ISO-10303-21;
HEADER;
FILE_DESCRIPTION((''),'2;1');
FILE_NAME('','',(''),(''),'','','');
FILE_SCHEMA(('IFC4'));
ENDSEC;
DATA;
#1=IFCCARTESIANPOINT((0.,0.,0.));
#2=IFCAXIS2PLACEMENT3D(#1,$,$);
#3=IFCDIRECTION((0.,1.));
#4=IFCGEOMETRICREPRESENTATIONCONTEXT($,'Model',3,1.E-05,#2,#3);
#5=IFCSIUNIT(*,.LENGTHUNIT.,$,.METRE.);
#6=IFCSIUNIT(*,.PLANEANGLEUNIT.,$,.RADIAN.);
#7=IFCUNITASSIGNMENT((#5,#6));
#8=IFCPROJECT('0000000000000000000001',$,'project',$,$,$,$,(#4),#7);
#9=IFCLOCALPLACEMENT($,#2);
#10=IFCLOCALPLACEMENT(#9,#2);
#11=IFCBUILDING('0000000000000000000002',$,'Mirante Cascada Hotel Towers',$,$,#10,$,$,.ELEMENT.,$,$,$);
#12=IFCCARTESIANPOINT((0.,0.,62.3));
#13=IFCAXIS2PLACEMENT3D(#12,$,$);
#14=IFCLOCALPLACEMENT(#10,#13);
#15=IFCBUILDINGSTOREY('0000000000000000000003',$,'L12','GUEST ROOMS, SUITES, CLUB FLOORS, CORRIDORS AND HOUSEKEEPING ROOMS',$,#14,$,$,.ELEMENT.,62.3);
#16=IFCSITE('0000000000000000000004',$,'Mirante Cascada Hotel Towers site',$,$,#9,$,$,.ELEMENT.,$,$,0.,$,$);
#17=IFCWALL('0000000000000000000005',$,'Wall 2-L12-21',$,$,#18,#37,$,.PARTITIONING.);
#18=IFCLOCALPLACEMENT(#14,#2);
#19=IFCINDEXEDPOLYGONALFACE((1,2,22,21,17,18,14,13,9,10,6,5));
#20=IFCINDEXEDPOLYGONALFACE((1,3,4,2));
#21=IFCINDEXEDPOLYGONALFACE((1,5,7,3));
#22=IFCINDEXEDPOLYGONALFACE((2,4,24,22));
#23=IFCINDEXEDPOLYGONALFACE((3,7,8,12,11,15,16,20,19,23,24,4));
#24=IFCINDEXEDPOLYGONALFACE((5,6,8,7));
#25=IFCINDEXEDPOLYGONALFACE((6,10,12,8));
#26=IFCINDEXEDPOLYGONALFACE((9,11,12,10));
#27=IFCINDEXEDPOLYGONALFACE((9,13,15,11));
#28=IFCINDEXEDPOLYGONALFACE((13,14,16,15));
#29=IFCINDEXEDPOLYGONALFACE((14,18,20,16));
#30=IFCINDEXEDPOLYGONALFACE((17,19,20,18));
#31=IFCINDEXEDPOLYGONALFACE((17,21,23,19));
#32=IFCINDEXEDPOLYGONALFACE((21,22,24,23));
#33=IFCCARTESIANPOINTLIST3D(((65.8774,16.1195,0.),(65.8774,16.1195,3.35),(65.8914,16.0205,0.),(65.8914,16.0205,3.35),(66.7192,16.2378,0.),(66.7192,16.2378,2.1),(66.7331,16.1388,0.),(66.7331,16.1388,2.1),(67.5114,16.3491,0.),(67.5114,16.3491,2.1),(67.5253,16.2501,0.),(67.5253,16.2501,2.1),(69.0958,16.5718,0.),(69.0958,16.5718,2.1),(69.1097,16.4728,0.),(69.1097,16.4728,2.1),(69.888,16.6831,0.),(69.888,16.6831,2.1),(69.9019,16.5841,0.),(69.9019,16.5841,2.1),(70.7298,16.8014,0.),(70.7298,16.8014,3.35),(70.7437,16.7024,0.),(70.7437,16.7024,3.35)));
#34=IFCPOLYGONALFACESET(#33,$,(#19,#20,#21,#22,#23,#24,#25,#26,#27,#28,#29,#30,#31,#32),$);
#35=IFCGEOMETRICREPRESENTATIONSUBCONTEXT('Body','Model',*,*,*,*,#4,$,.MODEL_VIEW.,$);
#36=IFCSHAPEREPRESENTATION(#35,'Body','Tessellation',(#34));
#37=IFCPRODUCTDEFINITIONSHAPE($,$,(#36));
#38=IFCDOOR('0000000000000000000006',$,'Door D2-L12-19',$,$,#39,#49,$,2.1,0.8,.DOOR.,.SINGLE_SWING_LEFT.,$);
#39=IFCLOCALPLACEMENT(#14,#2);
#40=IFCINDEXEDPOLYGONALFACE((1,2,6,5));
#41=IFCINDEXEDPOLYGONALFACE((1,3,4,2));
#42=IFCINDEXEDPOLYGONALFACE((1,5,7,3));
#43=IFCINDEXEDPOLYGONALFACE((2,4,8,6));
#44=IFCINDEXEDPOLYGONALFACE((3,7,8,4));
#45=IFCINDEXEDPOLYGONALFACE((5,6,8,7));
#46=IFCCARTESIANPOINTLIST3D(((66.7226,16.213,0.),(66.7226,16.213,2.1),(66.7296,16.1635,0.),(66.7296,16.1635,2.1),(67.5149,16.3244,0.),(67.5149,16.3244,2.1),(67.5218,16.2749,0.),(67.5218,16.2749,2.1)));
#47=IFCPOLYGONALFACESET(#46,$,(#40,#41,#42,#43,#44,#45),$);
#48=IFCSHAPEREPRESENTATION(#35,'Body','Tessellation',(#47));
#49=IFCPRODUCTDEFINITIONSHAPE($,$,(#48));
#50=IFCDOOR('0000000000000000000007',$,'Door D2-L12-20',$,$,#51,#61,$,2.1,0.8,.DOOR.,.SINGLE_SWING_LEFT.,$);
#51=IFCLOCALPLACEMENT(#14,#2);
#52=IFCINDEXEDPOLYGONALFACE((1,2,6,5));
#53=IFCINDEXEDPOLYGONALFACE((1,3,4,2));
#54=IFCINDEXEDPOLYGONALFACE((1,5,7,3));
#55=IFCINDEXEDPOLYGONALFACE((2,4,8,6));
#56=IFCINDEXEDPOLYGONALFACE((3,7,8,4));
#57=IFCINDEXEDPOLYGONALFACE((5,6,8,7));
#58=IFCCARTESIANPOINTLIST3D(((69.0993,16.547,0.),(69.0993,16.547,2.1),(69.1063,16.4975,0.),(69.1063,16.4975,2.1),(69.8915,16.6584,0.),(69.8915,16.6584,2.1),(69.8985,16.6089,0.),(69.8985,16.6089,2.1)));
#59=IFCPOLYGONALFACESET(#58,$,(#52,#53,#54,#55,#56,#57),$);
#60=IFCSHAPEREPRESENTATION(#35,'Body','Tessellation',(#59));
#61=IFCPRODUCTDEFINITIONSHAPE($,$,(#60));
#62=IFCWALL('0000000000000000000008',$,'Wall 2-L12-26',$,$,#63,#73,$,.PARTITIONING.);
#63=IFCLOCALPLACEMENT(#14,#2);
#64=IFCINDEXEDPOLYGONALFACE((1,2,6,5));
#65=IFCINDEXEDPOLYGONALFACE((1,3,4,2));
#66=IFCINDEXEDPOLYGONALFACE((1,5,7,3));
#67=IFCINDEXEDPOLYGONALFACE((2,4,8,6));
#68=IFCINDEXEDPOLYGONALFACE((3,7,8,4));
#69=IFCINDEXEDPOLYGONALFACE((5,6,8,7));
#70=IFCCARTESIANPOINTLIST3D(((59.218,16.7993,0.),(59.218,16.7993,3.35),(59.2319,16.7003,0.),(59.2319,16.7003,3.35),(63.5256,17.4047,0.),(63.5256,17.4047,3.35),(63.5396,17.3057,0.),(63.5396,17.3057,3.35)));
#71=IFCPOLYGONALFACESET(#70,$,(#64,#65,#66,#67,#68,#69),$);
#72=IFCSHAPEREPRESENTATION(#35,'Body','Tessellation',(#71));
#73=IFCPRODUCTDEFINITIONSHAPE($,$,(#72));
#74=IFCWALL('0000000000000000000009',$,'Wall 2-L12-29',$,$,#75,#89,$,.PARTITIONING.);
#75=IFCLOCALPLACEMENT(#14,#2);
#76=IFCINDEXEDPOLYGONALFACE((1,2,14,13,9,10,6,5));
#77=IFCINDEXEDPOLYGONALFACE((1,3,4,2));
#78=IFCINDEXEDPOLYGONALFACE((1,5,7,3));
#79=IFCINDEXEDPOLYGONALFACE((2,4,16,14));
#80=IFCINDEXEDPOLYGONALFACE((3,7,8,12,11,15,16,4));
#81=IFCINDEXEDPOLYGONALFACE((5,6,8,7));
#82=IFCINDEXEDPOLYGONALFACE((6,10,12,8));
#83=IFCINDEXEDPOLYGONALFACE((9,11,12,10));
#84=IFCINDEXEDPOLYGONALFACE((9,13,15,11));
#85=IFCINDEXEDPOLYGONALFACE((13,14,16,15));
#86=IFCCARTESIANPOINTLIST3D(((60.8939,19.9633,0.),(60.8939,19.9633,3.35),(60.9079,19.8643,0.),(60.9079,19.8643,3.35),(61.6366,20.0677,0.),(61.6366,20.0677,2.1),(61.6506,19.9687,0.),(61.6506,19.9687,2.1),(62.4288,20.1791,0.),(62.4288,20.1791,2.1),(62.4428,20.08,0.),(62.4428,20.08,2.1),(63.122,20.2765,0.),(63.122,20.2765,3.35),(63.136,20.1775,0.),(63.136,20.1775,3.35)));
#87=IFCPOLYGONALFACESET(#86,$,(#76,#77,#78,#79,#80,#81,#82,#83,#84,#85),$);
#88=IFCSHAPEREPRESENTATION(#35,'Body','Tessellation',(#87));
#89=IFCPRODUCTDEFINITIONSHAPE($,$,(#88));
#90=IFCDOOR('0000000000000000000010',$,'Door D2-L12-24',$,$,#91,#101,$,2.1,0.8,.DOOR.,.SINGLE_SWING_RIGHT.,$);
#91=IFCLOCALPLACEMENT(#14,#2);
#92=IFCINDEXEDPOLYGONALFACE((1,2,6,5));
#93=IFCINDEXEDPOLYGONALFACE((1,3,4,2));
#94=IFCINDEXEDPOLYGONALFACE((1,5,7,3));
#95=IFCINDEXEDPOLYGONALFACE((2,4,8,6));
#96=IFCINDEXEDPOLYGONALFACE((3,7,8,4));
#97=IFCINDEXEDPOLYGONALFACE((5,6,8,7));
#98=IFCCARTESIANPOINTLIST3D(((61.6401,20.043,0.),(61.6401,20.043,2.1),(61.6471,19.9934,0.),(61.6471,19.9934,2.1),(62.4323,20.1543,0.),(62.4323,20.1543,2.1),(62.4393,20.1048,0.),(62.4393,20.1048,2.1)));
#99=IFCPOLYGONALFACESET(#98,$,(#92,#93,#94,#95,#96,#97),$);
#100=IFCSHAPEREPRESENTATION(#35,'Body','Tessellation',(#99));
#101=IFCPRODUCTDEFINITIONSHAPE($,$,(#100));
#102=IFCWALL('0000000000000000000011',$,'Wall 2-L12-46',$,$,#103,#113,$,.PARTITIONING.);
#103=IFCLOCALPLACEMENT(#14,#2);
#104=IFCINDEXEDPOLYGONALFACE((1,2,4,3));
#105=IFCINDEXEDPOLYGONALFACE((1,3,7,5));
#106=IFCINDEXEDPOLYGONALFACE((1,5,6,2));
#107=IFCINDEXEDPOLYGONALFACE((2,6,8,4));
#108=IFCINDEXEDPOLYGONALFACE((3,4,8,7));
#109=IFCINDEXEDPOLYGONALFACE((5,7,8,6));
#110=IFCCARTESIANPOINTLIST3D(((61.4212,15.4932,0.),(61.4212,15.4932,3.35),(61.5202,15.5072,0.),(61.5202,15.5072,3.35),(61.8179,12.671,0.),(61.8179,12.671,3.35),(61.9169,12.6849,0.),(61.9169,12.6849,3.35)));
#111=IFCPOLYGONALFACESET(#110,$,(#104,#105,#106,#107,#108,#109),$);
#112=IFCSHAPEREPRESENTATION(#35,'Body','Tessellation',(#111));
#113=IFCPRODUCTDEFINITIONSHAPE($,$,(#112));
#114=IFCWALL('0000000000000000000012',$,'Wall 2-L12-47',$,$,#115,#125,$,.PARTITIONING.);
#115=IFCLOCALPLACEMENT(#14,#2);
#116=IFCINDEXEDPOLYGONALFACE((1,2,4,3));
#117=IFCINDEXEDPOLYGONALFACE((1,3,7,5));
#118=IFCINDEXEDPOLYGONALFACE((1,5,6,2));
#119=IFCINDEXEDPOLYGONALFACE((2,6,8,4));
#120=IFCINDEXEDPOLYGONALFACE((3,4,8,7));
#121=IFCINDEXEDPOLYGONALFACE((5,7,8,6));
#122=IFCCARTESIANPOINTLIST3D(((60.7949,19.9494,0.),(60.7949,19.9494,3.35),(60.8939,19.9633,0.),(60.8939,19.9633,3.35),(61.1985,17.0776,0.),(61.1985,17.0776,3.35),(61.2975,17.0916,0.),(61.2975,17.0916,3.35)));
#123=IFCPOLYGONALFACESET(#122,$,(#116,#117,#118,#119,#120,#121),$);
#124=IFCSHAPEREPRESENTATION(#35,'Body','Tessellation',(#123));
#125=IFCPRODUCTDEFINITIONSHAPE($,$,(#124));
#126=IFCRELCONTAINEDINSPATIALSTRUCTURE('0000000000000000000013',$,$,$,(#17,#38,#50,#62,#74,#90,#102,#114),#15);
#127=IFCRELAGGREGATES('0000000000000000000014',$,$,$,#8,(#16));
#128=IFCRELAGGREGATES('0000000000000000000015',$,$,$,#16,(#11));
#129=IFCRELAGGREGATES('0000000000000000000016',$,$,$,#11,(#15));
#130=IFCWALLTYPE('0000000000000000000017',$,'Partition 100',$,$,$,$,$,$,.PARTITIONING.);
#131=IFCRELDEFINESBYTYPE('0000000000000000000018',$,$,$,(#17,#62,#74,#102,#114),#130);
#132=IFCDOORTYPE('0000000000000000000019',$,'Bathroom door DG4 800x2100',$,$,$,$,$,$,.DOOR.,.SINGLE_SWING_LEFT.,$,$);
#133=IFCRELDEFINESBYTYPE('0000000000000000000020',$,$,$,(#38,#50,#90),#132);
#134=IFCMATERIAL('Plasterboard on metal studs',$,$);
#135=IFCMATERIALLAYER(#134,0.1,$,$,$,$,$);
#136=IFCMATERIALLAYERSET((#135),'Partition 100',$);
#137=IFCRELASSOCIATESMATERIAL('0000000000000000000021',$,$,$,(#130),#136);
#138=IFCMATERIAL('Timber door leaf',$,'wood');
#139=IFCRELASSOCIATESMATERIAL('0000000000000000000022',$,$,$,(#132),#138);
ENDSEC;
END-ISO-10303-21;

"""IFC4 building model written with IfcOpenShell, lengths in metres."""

from ifc_helpers import new_model, si_unit, direction, frame, frame_2d, origin, place, context, subcontext, project, spatial, rectangle, extrude, material, layer, layer_set, type_object, element, fill, save


model = new_model("IFC4")

# Units and contexts
model_context = context("Model", 3, precision=1e-05, world=origin(), true_north=direction((0.0, 1.0)))
body_context = subcontext(model_context, "Body", "Model", "MODEL_VIEW")
ifc_project = project(units=[si_unit("LENGTHUNIT", "METRE"), si_unit("PLANEANGLEUNIT", "RADIAN")], contexts=[model_context])

# Site, building, storey
site_placement = place(None, origin())
site = spatial("IfcSite", under=ifc_project, at=site_placement, Name="Mirante Cascada Hotel Towers site", CompositionType="ELEMENT", RefElevation=0.0)
building_placement = place(site_placement, origin())
building = spatial("IfcBuilding", under=site, at=building_placement, Name="Mirante Cascada Hotel Towers", CompositionType="ELEMENT")
storey_placement = place(building_placement, frame((0.0, 0.0, 62.3)))
storey = spatial("IfcBuildingStorey", under=building, at=storey_placement, Name="L12", Description="GUEST ROOMS, SUITES, CLUB FLOORS, CORRIDORS AND HOUSEKEEPING ROOMS", CompositionType="ELEMENT", Elevation=62.3)

# Shared definitions
ifc_material_1 = material(Name="Plasterboard on metal studs")
ifc_layer_1 = layer(ifc_material_1, 0.1)
ifc_layer_set_1 = layer_set([ifc_layer_1], Name="Partition 100")
wall_type_1 = type_object("IfcWallType", Name="Partition 100", PredefinedType="PARTITIONING", material=ifc_layer_set_1)
ifc_material_2 = material(Name="Timber door leaf", Category="wood")
door_type = type_object("IfcDoorType", Name="Bathroom door DG4 800x2100", OperationType="SINGLE_SWING_LEFT", PredefinedType="DOOR", material=ifc_material_2)

# Wall, openings, doors
wall_1_placement = place(storey_placement, frame((65.8844, 16.07, 0.0), z_axis=(0.0, 0.0, 1.0), x_axis=(0.990269, 0.139164, 0.0)))
wall_1 = element("IfcWall", 1, at=wall_1_placement, inside=storey, type_object=wall_type_1, Name="Wall 2-L12-21", PredefinedType="PARTITIONING", context=body_context, shape_type="SweptSolid", body=[
    extrude(rectangle(XDim=4.9, YDim=0.1, at=frame_2d((2.45, 0.0))), origin(), (0.0, 0.0, 1.0), 3.35),
])
opening_1_placement = place(wall_1_placement, frame((0.85, 0.0, 0.0)))
opening_1 = element("IfcOpeningElement", 2, at=opening_1_placement, cuts=wall_1, PredefinedType="OPENING", context=body_context, shape_type="SweptSolid", body=[
    extrude(rectangle(XDim=0.8, YDim=2.1, at=frame_2d((0.4, 1.05))), frame((0.0, 0.05, 0.0), z_axis=(0.0, -1.0, 0.0), x_axis=(1.0, 0.0, 0.0)), (0.0, 0.0, 1.0), 0.1),
])
opening_2_placement = place(wall_1_placement, frame((3.25, 0.0, 0.0)))
opening_2 = element("IfcOpeningElement", 3, at=opening_2_placement, cuts=wall_1, PredefinedType="OPENING", context=body_context, shape_type="SweptSolid", body=[
    extrude(rectangle(XDim=0.8, YDim=2.1, at=frame_2d((0.4, 1.05))), frame((0.0, 0.05, 0.0), z_axis=(0.0, -1.0, 0.0), x_axis=(1.0, 0.0, 0.0)), (0.0, 0.0, 1.0), 0.1),
])
door_1_placement = place(opening_1_placement, origin())
door_1 = element("IfcDoor", 4, at=door_1_placement, inside=storey, type_object=door_type, Name="Door D2-L12-19", OperationType="SINGLE_SWING_LEFT", OverallHeight=2.1, OverallWidth=0.8, PredefinedType="DOOR", context=body_context, shape_type="SweptSolid", body=[
    extrude(rectangle(XDim=0.8, YDim=2.1, at=frame_2d((0.4, 1.05))), frame((0.0, 0.025, 0.0), z_axis=(0.0, -1.0, 0.0), x_axis=(1.0, 0.0, 0.0)), (0.0, 0.0, 1.0), 0.05),
])
fill(opening_1, door_1)
door_2_placement = place(opening_2_placement, origin())
door_2 = element("IfcDoor", 5, at=door_2_placement, inside=storey, type_object=door_type, Name="Door D2-L12-20", OperationType="SINGLE_SWING_LEFT", OverallHeight=2.1, OverallWidth=0.8, PredefinedType="DOOR", context=body_context, shape_type="SweptSolid", body=[
    extrude(rectangle(XDim=0.8, YDim=2.1, at=frame_2d((0.4, 1.05))), frame((0.0, 0.025, 0.0), z_axis=(0.0, -1.0, 0.0), x_axis=(1.0, 0.0, 0.0)), (0.0, 0.0, 1.0), 0.05),
])
fill(opening_2, door_2)

# Wall
wall_2_placement = place(storey_placement, frame((63.5326, 17.3552, 0.0), z_axis=(0.0, 0.0, 1.0), x_axis=(-0.990268, -0.139171, 0.0)))
element("IfcWall", 6, at=wall_2_placement, inside=storey, type_object=wall_type_1, Name="Wall 2-L12-26", PredefinedType="PARTITIONING", context=body_context, shape_type="SweptSolid", body=[
    extrude(rectangle(XDim=4.35, YDim=0.1, at=frame_2d((2.175, 0.0))), origin(), (0.0, 0.0, 1.0), 3.35),
])

# Wall, opening, door
wall_3_placement = place(storey_placement, frame((60.9009, 19.9138, 0.0), z_axis=(0.0, 0.0, 1.0), x_axis=(0.990264, 0.1392, 0.0)))
wall_3 = element("IfcWall", 7, at=wall_3_placement, inside=storey, type_object=wall_type_1, Name="Wall 2-L12-29", PredefinedType="PARTITIONING", context=body_context, shape_type="SweptSolid", body=[
    extrude(rectangle(XDim=2.25, YDim=0.1, at=frame_2d((1.125, 0.0))), origin(), (0.0, 0.0, 1.0), 3.35),
])
opening_3_placement = place(wall_3_placement, frame((0.75, 0.0, 0.0)))
opening_3 = element("IfcOpeningElement", 8, at=opening_3_placement, cuts=wall_3, PredefinedType="OPENING", context=body_context, shape_type="SweptSolid", body=[
    extrude(rectangle(XDim=0.8, YDim=2.1, at=frame_2d((0.4, 1.05))), frame((0.0, 0.05, 0.0), z_axis=(0.0, -1.0, 0.0), x_axis=(1.0, 0.0, 0.0)), (0.0, 0.0, 1.0), 0.1),
])
door_3_placement = place(opening_3_placement, frame((0.8, 0.0, 0.0), z_axis=(0.0, 0.0, 1.0), x_axis=(-1.0, 0.0, 0.0)))
door_3 = element("IfcDoor", 9, at=door_3_placement, inside=storey, type_object=door_type, Name="Door D2-L12-24", OperationType="SINGLE_SWING_RIGHT", OverallHeight=2.1, OverallWidth=0.8, PredefinedType="DOOR", context=body_context, shape_type="SweptSolid", body=[
    extrude(rectangle(XDim=0.8, YDim=2.1, at=frame_2d((0.4, 1.05))), frame((0.0, 0.025, 0.0), z_axis=(0.0, -1.0, 0.0), x_axis=(1.0, 0.0, 0.0)), (0.0, 0.0, 1.0), 0.05),
])
fill(opening_3, door_3)

# Walls
wall_4_placement = place(storey_placement, frame((61.4707, 15.5002, 0.0), z_axis=(0.0, 0.0, 1.0), x_axis=(0.139191, -0.990266, 0.0)))
element("IfcWall", 10, at=wall_4_placement, inside=storey, type_object=wall_type_1, Name="Wall 2-L12-46", PredefinedType="PARTITIONING", context=body_context, shape_type="SweptSolid", body=[
    extrude(rectangle(XDim=2.85, YDim=0.1, at=frame_2d((1.425, 0.0))), origin(), (0.0, 0.0, 1.0), 3.35),
])
wall_5_placement = place(storey_placement, frame((61.248, 17.0846, 0.0), z_axis=(0.0, 0.0, 1.0), x_axis=(-0.139171, 0.990268, 0.0)))
element("IfcWall", 11, at=wall_5_placement, inside=storey, type_object=wall_type_1, Name="Wall 2-L12-47", PredefinedType="PARTITIONING", context=body_context, shape_type="SweptSolid", body=[
    extrude(rectangle(XDim=2.9, YDim=0.1, at=frame_2d((1.45, 0.0))), origin(), (0.0, 0.0, 1.0), 3.35),
])

save(model, "model.ifc")
